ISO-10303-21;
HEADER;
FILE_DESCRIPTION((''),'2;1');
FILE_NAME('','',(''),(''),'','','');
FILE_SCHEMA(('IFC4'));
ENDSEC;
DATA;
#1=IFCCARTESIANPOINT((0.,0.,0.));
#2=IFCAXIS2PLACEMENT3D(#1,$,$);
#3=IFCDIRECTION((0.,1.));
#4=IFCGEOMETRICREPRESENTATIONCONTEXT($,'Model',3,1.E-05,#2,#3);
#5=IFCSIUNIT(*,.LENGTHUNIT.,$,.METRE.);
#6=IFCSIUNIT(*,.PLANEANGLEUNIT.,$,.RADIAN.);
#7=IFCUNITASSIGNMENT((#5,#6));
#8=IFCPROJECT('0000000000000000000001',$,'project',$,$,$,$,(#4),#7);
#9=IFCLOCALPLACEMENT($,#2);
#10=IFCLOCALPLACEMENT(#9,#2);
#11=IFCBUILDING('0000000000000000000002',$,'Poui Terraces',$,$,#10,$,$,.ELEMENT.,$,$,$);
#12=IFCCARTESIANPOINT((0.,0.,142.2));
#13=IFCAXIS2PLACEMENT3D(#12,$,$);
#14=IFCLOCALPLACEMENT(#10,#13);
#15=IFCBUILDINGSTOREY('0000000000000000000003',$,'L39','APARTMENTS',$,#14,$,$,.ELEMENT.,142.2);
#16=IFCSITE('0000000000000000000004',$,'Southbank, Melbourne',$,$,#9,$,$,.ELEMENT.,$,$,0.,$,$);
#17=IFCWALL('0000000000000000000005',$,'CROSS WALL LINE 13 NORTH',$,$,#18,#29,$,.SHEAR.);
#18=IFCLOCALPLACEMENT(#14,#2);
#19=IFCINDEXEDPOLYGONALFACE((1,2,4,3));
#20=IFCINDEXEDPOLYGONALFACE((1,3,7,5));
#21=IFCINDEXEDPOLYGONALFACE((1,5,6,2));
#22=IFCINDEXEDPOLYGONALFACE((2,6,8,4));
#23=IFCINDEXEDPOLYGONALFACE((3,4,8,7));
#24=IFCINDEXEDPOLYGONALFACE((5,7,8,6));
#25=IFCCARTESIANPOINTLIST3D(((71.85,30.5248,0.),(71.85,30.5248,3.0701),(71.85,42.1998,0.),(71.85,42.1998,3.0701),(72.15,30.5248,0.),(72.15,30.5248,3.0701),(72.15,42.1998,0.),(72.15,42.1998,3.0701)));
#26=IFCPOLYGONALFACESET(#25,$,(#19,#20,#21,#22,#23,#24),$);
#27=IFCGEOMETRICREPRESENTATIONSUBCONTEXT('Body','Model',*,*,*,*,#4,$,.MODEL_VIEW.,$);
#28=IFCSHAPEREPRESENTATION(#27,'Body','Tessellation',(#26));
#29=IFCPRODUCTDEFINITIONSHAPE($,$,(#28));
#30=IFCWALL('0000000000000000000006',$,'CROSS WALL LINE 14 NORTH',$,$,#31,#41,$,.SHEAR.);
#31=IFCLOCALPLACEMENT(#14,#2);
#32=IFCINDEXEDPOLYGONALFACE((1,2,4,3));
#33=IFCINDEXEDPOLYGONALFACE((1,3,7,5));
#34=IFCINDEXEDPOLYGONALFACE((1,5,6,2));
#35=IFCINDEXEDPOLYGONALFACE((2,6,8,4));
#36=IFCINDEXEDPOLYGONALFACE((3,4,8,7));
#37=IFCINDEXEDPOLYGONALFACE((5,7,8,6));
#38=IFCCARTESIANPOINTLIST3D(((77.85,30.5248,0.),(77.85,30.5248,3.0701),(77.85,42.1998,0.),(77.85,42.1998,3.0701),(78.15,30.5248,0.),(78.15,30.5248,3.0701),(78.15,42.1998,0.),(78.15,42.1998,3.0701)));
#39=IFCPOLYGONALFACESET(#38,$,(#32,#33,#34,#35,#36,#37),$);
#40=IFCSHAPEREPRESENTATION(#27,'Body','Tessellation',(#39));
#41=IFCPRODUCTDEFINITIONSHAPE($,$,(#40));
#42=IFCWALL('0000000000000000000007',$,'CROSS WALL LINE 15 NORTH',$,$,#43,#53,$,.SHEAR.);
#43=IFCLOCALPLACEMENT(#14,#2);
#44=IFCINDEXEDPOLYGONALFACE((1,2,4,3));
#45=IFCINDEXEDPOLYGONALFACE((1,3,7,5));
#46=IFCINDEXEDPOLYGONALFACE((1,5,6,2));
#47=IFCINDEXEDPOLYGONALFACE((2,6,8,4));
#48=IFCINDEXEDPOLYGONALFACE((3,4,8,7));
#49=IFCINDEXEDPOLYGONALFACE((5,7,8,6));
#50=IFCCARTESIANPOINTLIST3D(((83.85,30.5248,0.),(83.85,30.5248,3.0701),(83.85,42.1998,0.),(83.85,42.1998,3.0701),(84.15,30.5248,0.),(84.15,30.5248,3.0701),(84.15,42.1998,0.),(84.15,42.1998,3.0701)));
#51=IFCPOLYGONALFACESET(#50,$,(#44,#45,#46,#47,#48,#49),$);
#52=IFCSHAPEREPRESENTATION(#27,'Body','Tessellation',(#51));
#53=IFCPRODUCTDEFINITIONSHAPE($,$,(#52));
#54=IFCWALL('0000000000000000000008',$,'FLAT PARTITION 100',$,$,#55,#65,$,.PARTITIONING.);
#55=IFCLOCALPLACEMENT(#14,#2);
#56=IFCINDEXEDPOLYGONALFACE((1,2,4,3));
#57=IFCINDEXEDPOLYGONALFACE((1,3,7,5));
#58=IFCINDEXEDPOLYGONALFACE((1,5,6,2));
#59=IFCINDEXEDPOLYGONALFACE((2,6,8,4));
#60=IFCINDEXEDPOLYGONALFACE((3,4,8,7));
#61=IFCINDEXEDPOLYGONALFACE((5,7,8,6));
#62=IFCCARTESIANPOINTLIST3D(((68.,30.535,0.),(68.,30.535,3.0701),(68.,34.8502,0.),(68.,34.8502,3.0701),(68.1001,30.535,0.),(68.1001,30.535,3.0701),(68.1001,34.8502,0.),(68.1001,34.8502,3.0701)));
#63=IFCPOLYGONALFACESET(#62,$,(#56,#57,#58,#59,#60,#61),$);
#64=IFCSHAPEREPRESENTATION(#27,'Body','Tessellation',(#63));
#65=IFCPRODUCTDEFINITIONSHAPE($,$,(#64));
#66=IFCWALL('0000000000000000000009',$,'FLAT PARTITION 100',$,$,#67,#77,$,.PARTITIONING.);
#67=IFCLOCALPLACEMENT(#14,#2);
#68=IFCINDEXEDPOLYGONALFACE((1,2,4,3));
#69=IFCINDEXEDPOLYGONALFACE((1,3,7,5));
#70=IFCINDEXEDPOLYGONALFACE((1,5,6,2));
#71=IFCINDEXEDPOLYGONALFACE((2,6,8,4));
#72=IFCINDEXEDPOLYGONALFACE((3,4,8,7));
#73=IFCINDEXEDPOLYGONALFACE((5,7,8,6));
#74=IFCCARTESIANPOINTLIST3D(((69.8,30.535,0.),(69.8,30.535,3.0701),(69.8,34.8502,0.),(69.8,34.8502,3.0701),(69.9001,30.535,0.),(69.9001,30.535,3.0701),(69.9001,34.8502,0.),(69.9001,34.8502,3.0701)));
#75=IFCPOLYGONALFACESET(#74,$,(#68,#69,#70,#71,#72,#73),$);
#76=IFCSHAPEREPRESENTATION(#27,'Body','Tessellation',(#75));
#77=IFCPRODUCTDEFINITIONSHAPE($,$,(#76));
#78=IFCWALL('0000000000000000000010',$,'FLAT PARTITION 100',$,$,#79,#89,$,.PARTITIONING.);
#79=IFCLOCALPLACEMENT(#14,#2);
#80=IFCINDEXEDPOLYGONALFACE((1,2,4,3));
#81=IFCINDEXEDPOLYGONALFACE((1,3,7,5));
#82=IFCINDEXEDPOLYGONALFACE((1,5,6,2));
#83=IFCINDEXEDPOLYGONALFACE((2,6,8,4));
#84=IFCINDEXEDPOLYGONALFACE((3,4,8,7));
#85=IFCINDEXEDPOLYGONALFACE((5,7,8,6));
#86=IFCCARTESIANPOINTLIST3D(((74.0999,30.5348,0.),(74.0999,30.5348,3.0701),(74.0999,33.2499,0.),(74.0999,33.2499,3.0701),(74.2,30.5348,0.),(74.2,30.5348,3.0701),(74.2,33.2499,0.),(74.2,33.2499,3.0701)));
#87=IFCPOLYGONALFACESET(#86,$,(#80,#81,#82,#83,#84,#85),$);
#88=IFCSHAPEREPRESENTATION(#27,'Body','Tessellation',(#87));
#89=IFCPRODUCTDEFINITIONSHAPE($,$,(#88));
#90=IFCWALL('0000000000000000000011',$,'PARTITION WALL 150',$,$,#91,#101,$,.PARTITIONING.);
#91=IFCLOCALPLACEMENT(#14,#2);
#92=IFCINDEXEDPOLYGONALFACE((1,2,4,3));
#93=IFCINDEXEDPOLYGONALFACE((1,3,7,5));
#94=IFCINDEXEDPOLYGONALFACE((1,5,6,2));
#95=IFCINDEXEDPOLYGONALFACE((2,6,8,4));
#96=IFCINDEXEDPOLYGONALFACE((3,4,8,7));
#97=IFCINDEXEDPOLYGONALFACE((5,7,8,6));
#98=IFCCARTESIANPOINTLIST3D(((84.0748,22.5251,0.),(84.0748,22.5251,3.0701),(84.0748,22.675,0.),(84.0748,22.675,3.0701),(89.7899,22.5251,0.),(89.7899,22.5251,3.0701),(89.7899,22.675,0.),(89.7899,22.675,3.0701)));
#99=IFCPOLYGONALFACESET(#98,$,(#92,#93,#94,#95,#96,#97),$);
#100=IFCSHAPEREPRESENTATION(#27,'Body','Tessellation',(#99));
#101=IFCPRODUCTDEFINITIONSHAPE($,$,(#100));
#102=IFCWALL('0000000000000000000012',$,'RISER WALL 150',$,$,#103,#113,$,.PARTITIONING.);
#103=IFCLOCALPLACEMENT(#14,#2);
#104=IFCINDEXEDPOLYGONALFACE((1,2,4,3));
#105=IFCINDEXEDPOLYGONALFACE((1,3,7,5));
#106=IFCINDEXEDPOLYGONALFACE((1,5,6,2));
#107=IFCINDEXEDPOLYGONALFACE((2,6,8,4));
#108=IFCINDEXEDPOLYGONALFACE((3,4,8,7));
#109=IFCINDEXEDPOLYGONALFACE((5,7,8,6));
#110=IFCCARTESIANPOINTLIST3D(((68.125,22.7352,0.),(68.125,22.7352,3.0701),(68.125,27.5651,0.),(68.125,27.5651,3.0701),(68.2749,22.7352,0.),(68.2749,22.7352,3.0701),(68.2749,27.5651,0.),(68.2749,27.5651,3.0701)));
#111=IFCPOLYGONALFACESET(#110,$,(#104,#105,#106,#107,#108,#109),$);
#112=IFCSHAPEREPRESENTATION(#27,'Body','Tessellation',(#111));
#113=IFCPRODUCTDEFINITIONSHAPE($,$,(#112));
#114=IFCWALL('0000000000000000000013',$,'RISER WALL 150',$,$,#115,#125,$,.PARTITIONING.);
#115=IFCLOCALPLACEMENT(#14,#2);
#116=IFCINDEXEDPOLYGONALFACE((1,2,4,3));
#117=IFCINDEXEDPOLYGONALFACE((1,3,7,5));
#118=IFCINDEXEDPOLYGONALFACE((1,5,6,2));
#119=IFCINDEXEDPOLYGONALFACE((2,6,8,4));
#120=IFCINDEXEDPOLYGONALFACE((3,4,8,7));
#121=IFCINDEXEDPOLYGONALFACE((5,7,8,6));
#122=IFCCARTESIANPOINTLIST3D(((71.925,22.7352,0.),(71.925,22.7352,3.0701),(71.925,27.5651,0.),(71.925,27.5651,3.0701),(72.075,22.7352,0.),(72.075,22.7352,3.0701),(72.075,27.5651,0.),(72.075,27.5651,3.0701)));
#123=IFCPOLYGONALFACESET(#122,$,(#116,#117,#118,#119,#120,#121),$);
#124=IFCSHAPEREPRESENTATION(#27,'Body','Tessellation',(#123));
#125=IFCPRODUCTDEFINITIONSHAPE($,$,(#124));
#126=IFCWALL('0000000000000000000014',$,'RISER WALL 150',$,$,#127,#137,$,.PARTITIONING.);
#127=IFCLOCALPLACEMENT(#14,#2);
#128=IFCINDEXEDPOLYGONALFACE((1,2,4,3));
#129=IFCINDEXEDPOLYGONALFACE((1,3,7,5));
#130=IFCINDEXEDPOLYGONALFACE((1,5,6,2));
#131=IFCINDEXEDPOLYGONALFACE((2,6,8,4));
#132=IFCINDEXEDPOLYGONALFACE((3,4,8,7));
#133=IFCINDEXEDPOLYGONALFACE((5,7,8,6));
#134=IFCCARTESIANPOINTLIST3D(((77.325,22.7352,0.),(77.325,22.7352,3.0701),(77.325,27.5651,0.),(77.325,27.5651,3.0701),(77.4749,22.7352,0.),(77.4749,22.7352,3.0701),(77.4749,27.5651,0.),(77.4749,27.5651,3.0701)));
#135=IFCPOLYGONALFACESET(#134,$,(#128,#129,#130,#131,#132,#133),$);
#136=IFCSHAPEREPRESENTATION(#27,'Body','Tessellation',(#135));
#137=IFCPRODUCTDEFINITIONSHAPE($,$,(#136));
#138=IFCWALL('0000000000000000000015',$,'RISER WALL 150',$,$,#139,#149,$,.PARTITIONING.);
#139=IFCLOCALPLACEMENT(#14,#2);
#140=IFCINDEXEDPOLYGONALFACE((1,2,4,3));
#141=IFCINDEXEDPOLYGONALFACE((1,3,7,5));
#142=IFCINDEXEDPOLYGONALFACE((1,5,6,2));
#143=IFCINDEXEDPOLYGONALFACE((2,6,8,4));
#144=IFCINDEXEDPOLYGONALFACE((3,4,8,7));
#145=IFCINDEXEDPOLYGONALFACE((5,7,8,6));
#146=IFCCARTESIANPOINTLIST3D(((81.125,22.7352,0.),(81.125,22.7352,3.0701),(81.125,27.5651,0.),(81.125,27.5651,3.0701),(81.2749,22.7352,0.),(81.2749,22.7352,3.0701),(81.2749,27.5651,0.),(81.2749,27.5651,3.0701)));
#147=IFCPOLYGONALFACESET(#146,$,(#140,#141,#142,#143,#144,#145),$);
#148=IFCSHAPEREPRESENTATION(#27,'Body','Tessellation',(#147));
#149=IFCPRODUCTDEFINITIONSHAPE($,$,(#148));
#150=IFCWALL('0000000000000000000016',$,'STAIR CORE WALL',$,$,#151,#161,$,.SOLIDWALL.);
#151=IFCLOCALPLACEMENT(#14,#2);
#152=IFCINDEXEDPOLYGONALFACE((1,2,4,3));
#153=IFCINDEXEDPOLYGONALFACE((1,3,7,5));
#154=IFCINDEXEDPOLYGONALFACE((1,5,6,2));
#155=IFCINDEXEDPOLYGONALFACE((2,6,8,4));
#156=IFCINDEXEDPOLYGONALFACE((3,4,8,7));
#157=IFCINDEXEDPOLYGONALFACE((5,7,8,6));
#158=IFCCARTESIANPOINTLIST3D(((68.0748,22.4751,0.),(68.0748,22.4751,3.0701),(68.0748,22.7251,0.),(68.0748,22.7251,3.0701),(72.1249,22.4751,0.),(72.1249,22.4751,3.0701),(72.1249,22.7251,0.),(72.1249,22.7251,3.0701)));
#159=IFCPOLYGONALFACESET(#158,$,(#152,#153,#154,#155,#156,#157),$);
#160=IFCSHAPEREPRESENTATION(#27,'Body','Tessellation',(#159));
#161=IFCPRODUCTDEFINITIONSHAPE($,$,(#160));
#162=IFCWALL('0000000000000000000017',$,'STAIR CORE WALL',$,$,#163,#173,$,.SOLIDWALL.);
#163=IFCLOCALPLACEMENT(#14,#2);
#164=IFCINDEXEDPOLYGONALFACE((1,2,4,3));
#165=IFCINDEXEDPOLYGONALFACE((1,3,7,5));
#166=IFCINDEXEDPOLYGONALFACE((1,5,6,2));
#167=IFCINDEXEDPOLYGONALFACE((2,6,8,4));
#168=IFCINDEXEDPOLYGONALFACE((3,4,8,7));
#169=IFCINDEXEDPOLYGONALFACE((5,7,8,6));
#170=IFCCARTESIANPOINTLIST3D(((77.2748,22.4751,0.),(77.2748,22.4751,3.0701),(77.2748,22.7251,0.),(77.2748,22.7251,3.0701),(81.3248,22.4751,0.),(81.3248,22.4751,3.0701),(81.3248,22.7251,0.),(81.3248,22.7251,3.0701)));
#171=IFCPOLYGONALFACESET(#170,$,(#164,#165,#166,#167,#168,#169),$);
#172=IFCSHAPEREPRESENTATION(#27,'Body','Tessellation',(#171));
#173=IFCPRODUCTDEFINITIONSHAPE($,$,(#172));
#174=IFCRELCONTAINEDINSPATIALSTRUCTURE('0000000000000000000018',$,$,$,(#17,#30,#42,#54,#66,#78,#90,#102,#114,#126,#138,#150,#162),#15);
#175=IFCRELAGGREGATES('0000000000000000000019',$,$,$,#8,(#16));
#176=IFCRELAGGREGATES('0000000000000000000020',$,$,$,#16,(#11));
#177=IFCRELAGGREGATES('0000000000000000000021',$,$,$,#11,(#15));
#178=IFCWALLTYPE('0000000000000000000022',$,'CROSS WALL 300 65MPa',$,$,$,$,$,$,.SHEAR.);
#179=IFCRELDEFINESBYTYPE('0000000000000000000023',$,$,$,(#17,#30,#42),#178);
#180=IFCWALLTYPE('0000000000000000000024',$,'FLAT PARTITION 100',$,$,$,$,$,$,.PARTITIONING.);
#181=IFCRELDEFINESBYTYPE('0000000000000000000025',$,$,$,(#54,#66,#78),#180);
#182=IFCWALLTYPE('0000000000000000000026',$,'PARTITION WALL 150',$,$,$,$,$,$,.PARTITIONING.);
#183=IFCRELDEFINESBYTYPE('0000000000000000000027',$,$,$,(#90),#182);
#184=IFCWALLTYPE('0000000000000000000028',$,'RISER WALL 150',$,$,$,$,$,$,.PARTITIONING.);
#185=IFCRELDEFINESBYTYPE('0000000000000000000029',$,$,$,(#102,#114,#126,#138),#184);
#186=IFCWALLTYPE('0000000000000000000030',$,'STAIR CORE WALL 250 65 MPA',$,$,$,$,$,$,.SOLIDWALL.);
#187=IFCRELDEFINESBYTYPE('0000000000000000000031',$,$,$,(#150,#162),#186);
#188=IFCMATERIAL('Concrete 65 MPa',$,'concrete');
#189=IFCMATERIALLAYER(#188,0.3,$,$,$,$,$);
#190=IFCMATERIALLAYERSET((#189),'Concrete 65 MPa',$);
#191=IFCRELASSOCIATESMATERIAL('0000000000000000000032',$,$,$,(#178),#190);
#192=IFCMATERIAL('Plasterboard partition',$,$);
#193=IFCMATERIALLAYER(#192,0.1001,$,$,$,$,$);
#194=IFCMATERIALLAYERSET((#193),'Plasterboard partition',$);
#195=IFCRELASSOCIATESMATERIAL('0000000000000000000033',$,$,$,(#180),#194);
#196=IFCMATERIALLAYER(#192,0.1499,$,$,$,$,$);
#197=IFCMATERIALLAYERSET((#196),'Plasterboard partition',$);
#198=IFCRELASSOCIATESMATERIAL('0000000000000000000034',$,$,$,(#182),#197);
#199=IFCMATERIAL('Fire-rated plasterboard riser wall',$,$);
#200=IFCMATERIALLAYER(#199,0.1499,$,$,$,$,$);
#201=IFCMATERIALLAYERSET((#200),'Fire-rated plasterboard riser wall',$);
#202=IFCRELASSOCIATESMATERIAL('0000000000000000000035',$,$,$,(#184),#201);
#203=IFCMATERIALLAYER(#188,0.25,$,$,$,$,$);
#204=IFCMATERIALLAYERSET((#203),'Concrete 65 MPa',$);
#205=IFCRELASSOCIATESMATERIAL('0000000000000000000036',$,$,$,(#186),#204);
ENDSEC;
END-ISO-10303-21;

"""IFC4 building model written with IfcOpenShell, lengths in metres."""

from ifc_helpers import new_model, si_unit, direction, frame, frame_2d, origin, place, context, subcontext, project, spatial, rectangle, extrude, material, layer, layer_set, type_object, element, save


model = new_model("IFC4")

# Units and contexts
model_context = context("Model", 3, precision=1e-05, world=origin(), true_north=direction((0.0, 1.0)))
body_context = subcontext(model_context, "Body", "Model", "MODEL_VIEW")
ifc_project = project(units=[si_unit("LENGTHUNIT", "METRE"), si_unit("PLANEANGLEUNIT", "RADIAN")], contexts=[model_context])

# Site, building, storey
site_placement = place(None, origin())
site = spatial("IfcSite", under=ifc_project, at=site_placement, Name="Southbank, Melbourne", CompositionType="ELEMENT", RefElevation=0.0)
building_placement = place(site_placement, origin())
building = spatial("IfcBuilding", under=site, at=building_placement, Name="Poui Terraces", CompositionType="ELEMENT")
storey_placement = place(building_placement, frame((0.0, 0.0, 142.2)))
storey = spatial("IfcBuildingStorey", under=building, at=storey_placement, Name="L39", Description="APARTMENTS", CompositionType="ELEMENT", Elevation=142.2)

# Shared definitions
ifc_material_1 = material(Name="Concrete 65 MPa", Category="concrete")

# Shared definitions
ifc_layer_1 = layer(ifc_material_1, 0.3)
ifc_layer_set_1 = layer_set([ifc_layer_1], Name="Concrete 65 MPa")
wall_type_1 = type_object("IfcWallType", Name="CROSS WALL 300 65MPa", PredefinedType="SHEAR", material=ifc_layer_set_1)

# Walls
for number, where, z_axis, x_axis, name in (
    (1, (72.0, 30.5249, 0.0), (0.0, 0.0, 1.0), (0.0, 1.0, 0.0), "CROSS WALL LINE 13 NORTH"),
    (2, (78.0, 30.5249, 0.0), (0.0, 0.0, 1.0), (0.0, 1.0, 0.0), "CROSS WALL LINE 14 NORTH"),
    (3, (84.0, 30.5249, 0.0), (0.0, 0.0, 1.0), (0.0, 1.0, 0.0), "CROSS WALL LINE 15 NORTH"),
):
    element("IfcWall", number, at=place(storey_placement, frame(where, z_axis=z_axis, x_axis=x_axis)), inside=storey, type_object=wall_type_1, Name=name, PredefinedType="SHEAR", context=body_context, shape_type="SweptSolid", body=[
        extrude(rectangle(XDim=11.675, YDim=0.3, at=frame_2d((5.8374, 0.0))), origin(), (0.0, 0.0, 1.0), 3.0701),
    ])
ifc_material_2 = material(Name="Plasterboard partition")
ifc_layer_2 = layer(ifc_material_2, 0.1001)
ifc_layer_set_2 = layer_set([ifc_layer_2], Name="Plasterboard partition")
wall_type_2 = type_object("IfcWallType", Name="FLAT PARTITION 100", PredefinedType="PARTITIONING", material=ifc_layer_set_2)
for number, where, z_axis, x_axis, name in (
    (4, (68.05, 30.5349, 0.0), (0.0, 0.0, 1.0), (0.0, 1.0, 0.0), "FLAT PARTITION 100"),
    (5, (69.8501, 30.5349, 0.0), (0.0, 0.0, 1.0), (0.0, 1.0, 0.0), "FLAT PARTITION 100"),
):
    element("IfcWall", number, at=place(storey_placement, frame(where, z_axis=z_axis, x_axis=x_axis)), inside=storey, type_object=wall_type_2, Name=name, PredefinedType="PARTITIONING", context=body_context, shape_type="SweptSolid", body=[
        extrude(rectangle(XDim=4.3152, YDim=0.1001, at=frame_2d((2.1577, 0.0))), origin(), (0.0, 0.0, 1.0), 3.0701),
    ])
wall_1_placement = place(storey_placement, frame((74.1499, 30.5349, 0.0), z_axis=(0.0, 0.0, 1.0), x_axis=(0.0, 1.0, 0.0)))
element("IfcWall", 6, at=wall_1_placement, inside=storey, type_object=wall_type_2, Name="FLAT PARTITION 100", PredefinedType="PARTITIONING", context=body_context, shape_type="SweptSolid", body=[
    extrude(rectangle(XDim=2.7151, YDim=0.1001, at=frame_2d((1.3574, 0.0))), origin(), (0.0, 0.0, 1.0), 3.0701),
])
ifc_layer_3 = layer(ifc_material_2, 0.1499)
ifc_layer_set_3 = layer_set([ifc_layer_3], Name="Plasterboard partition")
wall_type_3 = type_object("IfcWallType", Name="PARTITION WALL 150", PredefinedType="PARTITIONING", material=ifc_layer_set_3)
wall_2_placement = place(storey_placement, frame((84.075, 22.6001, 0.0), z_axis=(0.0, 0.0, 1.0), x_axis=(1.0, 0.0, 0.0)))
element("IfcWall", 7, at=wall_2_placement, inside=storey, type_object=wall_type_3, Name="PARTITION WALL 150", PredefinedType="PARTITIONING", context=body_context, shape_type="SweptSolid", body=[
    extrude(rectangle(XDim=5.7151, YDim=0.1499, at=frame_2d((2.8574, 0.0))), origin(), (0.0, 0.0, 1.0), 3.0701),
])
ifc_material_3 = material(Name="Fire-rated plasterboard riser wall")
ifc_layer_4 = layer(ifc_material_3, 0.1499)
ifc_layer_set_4 = layer_set([ifc_layer_4], Name="Fire-rated plasterboard riser wall")
wall_type_4 = type_object("IfcWallType", Name="RISER WALL 150", PredefinedType="PARTITIONING", material=ifc_layer_set_4)
for number, where, z_axis, x_axis, name in (
    (8, (68.2, 22.7351, 0.0), (0.0, 0.0, 1.0), (0.0, 1.0, 0.0), "RISER WALL 150"),
    (9, (72.0, 22.7351, 0.0), (0.0, 0.0, 1.0), (0.0, 1.0, 0.0), "RISER WALL 150"),
    (10, (77.3999, 22.7351, 0.0), (0.0, 0.0, 1.0), (0.0, 1.0, 0.0), "RISER WALL 150"),
    (11, (81.2, 22.7351, 0.0), (0.0, 0.0, 1.0), (0.0, 1.0, 0.0), "RISER WALL 150"),
):
    element("IfcWall", number, at=place(storey_placement, frame(where, z_axis=z_axis, x_axis=x_axis)), inside=storey, type_object=wall_type_4, Name=name, PredefinedType="PARTITIONING", context=body_context, shape_type="SweptSolid", body=[
        extrude(rectangle(XDim=4.8298, YDim=0.1499, at=frame_2d((2.415, 0.0))), origin(), (0.0, 0.0, 1.0), 3.0701),
    ])
ifc_layer_5 = layer(ifc_material_1, 0.25)
ifc_layer_set_5 = layer_set([ifc_layer_5], Name="Concrete 65 MPa")
wall_type_5 = type_object("IfcWallType", Name="STAIR CORE WALL 250 65 MPA", PredefinedType="SOLIDWALL", material=ifc_layer_set_5)
for number, where, z_axis, x_axis, name in (
    (12, (68.075, 22.6001, 0.0), (0.0, 0.0, 1.0), (1.0, 0.0, 0.0), "STAIR CORE WALL"),
    (13, (77.2749, 22.6001, 0.0), (0.0, 0.0, 1.0), (1.0, 0.0, 0.0), "STAIR CORE WALL"),
):
    element("IfcWall", number, at=place(storey_placement, frame(where, z_axis=z_axis, x_axis=x_axis)), inside=storey, type_object=wall_type_5, Name=name, PredefinedType="SOLIDWALL", context=body_context, shape_type="SweptSolid", body=[
        extrude(rectangle(XDim=4.05, YDim=0.25, at=frame_2d((2.0249, 0.0))), origin(), (0.0, 0.0, 1.0), 3.0701),
    ])

save(model, "model.ifc")
